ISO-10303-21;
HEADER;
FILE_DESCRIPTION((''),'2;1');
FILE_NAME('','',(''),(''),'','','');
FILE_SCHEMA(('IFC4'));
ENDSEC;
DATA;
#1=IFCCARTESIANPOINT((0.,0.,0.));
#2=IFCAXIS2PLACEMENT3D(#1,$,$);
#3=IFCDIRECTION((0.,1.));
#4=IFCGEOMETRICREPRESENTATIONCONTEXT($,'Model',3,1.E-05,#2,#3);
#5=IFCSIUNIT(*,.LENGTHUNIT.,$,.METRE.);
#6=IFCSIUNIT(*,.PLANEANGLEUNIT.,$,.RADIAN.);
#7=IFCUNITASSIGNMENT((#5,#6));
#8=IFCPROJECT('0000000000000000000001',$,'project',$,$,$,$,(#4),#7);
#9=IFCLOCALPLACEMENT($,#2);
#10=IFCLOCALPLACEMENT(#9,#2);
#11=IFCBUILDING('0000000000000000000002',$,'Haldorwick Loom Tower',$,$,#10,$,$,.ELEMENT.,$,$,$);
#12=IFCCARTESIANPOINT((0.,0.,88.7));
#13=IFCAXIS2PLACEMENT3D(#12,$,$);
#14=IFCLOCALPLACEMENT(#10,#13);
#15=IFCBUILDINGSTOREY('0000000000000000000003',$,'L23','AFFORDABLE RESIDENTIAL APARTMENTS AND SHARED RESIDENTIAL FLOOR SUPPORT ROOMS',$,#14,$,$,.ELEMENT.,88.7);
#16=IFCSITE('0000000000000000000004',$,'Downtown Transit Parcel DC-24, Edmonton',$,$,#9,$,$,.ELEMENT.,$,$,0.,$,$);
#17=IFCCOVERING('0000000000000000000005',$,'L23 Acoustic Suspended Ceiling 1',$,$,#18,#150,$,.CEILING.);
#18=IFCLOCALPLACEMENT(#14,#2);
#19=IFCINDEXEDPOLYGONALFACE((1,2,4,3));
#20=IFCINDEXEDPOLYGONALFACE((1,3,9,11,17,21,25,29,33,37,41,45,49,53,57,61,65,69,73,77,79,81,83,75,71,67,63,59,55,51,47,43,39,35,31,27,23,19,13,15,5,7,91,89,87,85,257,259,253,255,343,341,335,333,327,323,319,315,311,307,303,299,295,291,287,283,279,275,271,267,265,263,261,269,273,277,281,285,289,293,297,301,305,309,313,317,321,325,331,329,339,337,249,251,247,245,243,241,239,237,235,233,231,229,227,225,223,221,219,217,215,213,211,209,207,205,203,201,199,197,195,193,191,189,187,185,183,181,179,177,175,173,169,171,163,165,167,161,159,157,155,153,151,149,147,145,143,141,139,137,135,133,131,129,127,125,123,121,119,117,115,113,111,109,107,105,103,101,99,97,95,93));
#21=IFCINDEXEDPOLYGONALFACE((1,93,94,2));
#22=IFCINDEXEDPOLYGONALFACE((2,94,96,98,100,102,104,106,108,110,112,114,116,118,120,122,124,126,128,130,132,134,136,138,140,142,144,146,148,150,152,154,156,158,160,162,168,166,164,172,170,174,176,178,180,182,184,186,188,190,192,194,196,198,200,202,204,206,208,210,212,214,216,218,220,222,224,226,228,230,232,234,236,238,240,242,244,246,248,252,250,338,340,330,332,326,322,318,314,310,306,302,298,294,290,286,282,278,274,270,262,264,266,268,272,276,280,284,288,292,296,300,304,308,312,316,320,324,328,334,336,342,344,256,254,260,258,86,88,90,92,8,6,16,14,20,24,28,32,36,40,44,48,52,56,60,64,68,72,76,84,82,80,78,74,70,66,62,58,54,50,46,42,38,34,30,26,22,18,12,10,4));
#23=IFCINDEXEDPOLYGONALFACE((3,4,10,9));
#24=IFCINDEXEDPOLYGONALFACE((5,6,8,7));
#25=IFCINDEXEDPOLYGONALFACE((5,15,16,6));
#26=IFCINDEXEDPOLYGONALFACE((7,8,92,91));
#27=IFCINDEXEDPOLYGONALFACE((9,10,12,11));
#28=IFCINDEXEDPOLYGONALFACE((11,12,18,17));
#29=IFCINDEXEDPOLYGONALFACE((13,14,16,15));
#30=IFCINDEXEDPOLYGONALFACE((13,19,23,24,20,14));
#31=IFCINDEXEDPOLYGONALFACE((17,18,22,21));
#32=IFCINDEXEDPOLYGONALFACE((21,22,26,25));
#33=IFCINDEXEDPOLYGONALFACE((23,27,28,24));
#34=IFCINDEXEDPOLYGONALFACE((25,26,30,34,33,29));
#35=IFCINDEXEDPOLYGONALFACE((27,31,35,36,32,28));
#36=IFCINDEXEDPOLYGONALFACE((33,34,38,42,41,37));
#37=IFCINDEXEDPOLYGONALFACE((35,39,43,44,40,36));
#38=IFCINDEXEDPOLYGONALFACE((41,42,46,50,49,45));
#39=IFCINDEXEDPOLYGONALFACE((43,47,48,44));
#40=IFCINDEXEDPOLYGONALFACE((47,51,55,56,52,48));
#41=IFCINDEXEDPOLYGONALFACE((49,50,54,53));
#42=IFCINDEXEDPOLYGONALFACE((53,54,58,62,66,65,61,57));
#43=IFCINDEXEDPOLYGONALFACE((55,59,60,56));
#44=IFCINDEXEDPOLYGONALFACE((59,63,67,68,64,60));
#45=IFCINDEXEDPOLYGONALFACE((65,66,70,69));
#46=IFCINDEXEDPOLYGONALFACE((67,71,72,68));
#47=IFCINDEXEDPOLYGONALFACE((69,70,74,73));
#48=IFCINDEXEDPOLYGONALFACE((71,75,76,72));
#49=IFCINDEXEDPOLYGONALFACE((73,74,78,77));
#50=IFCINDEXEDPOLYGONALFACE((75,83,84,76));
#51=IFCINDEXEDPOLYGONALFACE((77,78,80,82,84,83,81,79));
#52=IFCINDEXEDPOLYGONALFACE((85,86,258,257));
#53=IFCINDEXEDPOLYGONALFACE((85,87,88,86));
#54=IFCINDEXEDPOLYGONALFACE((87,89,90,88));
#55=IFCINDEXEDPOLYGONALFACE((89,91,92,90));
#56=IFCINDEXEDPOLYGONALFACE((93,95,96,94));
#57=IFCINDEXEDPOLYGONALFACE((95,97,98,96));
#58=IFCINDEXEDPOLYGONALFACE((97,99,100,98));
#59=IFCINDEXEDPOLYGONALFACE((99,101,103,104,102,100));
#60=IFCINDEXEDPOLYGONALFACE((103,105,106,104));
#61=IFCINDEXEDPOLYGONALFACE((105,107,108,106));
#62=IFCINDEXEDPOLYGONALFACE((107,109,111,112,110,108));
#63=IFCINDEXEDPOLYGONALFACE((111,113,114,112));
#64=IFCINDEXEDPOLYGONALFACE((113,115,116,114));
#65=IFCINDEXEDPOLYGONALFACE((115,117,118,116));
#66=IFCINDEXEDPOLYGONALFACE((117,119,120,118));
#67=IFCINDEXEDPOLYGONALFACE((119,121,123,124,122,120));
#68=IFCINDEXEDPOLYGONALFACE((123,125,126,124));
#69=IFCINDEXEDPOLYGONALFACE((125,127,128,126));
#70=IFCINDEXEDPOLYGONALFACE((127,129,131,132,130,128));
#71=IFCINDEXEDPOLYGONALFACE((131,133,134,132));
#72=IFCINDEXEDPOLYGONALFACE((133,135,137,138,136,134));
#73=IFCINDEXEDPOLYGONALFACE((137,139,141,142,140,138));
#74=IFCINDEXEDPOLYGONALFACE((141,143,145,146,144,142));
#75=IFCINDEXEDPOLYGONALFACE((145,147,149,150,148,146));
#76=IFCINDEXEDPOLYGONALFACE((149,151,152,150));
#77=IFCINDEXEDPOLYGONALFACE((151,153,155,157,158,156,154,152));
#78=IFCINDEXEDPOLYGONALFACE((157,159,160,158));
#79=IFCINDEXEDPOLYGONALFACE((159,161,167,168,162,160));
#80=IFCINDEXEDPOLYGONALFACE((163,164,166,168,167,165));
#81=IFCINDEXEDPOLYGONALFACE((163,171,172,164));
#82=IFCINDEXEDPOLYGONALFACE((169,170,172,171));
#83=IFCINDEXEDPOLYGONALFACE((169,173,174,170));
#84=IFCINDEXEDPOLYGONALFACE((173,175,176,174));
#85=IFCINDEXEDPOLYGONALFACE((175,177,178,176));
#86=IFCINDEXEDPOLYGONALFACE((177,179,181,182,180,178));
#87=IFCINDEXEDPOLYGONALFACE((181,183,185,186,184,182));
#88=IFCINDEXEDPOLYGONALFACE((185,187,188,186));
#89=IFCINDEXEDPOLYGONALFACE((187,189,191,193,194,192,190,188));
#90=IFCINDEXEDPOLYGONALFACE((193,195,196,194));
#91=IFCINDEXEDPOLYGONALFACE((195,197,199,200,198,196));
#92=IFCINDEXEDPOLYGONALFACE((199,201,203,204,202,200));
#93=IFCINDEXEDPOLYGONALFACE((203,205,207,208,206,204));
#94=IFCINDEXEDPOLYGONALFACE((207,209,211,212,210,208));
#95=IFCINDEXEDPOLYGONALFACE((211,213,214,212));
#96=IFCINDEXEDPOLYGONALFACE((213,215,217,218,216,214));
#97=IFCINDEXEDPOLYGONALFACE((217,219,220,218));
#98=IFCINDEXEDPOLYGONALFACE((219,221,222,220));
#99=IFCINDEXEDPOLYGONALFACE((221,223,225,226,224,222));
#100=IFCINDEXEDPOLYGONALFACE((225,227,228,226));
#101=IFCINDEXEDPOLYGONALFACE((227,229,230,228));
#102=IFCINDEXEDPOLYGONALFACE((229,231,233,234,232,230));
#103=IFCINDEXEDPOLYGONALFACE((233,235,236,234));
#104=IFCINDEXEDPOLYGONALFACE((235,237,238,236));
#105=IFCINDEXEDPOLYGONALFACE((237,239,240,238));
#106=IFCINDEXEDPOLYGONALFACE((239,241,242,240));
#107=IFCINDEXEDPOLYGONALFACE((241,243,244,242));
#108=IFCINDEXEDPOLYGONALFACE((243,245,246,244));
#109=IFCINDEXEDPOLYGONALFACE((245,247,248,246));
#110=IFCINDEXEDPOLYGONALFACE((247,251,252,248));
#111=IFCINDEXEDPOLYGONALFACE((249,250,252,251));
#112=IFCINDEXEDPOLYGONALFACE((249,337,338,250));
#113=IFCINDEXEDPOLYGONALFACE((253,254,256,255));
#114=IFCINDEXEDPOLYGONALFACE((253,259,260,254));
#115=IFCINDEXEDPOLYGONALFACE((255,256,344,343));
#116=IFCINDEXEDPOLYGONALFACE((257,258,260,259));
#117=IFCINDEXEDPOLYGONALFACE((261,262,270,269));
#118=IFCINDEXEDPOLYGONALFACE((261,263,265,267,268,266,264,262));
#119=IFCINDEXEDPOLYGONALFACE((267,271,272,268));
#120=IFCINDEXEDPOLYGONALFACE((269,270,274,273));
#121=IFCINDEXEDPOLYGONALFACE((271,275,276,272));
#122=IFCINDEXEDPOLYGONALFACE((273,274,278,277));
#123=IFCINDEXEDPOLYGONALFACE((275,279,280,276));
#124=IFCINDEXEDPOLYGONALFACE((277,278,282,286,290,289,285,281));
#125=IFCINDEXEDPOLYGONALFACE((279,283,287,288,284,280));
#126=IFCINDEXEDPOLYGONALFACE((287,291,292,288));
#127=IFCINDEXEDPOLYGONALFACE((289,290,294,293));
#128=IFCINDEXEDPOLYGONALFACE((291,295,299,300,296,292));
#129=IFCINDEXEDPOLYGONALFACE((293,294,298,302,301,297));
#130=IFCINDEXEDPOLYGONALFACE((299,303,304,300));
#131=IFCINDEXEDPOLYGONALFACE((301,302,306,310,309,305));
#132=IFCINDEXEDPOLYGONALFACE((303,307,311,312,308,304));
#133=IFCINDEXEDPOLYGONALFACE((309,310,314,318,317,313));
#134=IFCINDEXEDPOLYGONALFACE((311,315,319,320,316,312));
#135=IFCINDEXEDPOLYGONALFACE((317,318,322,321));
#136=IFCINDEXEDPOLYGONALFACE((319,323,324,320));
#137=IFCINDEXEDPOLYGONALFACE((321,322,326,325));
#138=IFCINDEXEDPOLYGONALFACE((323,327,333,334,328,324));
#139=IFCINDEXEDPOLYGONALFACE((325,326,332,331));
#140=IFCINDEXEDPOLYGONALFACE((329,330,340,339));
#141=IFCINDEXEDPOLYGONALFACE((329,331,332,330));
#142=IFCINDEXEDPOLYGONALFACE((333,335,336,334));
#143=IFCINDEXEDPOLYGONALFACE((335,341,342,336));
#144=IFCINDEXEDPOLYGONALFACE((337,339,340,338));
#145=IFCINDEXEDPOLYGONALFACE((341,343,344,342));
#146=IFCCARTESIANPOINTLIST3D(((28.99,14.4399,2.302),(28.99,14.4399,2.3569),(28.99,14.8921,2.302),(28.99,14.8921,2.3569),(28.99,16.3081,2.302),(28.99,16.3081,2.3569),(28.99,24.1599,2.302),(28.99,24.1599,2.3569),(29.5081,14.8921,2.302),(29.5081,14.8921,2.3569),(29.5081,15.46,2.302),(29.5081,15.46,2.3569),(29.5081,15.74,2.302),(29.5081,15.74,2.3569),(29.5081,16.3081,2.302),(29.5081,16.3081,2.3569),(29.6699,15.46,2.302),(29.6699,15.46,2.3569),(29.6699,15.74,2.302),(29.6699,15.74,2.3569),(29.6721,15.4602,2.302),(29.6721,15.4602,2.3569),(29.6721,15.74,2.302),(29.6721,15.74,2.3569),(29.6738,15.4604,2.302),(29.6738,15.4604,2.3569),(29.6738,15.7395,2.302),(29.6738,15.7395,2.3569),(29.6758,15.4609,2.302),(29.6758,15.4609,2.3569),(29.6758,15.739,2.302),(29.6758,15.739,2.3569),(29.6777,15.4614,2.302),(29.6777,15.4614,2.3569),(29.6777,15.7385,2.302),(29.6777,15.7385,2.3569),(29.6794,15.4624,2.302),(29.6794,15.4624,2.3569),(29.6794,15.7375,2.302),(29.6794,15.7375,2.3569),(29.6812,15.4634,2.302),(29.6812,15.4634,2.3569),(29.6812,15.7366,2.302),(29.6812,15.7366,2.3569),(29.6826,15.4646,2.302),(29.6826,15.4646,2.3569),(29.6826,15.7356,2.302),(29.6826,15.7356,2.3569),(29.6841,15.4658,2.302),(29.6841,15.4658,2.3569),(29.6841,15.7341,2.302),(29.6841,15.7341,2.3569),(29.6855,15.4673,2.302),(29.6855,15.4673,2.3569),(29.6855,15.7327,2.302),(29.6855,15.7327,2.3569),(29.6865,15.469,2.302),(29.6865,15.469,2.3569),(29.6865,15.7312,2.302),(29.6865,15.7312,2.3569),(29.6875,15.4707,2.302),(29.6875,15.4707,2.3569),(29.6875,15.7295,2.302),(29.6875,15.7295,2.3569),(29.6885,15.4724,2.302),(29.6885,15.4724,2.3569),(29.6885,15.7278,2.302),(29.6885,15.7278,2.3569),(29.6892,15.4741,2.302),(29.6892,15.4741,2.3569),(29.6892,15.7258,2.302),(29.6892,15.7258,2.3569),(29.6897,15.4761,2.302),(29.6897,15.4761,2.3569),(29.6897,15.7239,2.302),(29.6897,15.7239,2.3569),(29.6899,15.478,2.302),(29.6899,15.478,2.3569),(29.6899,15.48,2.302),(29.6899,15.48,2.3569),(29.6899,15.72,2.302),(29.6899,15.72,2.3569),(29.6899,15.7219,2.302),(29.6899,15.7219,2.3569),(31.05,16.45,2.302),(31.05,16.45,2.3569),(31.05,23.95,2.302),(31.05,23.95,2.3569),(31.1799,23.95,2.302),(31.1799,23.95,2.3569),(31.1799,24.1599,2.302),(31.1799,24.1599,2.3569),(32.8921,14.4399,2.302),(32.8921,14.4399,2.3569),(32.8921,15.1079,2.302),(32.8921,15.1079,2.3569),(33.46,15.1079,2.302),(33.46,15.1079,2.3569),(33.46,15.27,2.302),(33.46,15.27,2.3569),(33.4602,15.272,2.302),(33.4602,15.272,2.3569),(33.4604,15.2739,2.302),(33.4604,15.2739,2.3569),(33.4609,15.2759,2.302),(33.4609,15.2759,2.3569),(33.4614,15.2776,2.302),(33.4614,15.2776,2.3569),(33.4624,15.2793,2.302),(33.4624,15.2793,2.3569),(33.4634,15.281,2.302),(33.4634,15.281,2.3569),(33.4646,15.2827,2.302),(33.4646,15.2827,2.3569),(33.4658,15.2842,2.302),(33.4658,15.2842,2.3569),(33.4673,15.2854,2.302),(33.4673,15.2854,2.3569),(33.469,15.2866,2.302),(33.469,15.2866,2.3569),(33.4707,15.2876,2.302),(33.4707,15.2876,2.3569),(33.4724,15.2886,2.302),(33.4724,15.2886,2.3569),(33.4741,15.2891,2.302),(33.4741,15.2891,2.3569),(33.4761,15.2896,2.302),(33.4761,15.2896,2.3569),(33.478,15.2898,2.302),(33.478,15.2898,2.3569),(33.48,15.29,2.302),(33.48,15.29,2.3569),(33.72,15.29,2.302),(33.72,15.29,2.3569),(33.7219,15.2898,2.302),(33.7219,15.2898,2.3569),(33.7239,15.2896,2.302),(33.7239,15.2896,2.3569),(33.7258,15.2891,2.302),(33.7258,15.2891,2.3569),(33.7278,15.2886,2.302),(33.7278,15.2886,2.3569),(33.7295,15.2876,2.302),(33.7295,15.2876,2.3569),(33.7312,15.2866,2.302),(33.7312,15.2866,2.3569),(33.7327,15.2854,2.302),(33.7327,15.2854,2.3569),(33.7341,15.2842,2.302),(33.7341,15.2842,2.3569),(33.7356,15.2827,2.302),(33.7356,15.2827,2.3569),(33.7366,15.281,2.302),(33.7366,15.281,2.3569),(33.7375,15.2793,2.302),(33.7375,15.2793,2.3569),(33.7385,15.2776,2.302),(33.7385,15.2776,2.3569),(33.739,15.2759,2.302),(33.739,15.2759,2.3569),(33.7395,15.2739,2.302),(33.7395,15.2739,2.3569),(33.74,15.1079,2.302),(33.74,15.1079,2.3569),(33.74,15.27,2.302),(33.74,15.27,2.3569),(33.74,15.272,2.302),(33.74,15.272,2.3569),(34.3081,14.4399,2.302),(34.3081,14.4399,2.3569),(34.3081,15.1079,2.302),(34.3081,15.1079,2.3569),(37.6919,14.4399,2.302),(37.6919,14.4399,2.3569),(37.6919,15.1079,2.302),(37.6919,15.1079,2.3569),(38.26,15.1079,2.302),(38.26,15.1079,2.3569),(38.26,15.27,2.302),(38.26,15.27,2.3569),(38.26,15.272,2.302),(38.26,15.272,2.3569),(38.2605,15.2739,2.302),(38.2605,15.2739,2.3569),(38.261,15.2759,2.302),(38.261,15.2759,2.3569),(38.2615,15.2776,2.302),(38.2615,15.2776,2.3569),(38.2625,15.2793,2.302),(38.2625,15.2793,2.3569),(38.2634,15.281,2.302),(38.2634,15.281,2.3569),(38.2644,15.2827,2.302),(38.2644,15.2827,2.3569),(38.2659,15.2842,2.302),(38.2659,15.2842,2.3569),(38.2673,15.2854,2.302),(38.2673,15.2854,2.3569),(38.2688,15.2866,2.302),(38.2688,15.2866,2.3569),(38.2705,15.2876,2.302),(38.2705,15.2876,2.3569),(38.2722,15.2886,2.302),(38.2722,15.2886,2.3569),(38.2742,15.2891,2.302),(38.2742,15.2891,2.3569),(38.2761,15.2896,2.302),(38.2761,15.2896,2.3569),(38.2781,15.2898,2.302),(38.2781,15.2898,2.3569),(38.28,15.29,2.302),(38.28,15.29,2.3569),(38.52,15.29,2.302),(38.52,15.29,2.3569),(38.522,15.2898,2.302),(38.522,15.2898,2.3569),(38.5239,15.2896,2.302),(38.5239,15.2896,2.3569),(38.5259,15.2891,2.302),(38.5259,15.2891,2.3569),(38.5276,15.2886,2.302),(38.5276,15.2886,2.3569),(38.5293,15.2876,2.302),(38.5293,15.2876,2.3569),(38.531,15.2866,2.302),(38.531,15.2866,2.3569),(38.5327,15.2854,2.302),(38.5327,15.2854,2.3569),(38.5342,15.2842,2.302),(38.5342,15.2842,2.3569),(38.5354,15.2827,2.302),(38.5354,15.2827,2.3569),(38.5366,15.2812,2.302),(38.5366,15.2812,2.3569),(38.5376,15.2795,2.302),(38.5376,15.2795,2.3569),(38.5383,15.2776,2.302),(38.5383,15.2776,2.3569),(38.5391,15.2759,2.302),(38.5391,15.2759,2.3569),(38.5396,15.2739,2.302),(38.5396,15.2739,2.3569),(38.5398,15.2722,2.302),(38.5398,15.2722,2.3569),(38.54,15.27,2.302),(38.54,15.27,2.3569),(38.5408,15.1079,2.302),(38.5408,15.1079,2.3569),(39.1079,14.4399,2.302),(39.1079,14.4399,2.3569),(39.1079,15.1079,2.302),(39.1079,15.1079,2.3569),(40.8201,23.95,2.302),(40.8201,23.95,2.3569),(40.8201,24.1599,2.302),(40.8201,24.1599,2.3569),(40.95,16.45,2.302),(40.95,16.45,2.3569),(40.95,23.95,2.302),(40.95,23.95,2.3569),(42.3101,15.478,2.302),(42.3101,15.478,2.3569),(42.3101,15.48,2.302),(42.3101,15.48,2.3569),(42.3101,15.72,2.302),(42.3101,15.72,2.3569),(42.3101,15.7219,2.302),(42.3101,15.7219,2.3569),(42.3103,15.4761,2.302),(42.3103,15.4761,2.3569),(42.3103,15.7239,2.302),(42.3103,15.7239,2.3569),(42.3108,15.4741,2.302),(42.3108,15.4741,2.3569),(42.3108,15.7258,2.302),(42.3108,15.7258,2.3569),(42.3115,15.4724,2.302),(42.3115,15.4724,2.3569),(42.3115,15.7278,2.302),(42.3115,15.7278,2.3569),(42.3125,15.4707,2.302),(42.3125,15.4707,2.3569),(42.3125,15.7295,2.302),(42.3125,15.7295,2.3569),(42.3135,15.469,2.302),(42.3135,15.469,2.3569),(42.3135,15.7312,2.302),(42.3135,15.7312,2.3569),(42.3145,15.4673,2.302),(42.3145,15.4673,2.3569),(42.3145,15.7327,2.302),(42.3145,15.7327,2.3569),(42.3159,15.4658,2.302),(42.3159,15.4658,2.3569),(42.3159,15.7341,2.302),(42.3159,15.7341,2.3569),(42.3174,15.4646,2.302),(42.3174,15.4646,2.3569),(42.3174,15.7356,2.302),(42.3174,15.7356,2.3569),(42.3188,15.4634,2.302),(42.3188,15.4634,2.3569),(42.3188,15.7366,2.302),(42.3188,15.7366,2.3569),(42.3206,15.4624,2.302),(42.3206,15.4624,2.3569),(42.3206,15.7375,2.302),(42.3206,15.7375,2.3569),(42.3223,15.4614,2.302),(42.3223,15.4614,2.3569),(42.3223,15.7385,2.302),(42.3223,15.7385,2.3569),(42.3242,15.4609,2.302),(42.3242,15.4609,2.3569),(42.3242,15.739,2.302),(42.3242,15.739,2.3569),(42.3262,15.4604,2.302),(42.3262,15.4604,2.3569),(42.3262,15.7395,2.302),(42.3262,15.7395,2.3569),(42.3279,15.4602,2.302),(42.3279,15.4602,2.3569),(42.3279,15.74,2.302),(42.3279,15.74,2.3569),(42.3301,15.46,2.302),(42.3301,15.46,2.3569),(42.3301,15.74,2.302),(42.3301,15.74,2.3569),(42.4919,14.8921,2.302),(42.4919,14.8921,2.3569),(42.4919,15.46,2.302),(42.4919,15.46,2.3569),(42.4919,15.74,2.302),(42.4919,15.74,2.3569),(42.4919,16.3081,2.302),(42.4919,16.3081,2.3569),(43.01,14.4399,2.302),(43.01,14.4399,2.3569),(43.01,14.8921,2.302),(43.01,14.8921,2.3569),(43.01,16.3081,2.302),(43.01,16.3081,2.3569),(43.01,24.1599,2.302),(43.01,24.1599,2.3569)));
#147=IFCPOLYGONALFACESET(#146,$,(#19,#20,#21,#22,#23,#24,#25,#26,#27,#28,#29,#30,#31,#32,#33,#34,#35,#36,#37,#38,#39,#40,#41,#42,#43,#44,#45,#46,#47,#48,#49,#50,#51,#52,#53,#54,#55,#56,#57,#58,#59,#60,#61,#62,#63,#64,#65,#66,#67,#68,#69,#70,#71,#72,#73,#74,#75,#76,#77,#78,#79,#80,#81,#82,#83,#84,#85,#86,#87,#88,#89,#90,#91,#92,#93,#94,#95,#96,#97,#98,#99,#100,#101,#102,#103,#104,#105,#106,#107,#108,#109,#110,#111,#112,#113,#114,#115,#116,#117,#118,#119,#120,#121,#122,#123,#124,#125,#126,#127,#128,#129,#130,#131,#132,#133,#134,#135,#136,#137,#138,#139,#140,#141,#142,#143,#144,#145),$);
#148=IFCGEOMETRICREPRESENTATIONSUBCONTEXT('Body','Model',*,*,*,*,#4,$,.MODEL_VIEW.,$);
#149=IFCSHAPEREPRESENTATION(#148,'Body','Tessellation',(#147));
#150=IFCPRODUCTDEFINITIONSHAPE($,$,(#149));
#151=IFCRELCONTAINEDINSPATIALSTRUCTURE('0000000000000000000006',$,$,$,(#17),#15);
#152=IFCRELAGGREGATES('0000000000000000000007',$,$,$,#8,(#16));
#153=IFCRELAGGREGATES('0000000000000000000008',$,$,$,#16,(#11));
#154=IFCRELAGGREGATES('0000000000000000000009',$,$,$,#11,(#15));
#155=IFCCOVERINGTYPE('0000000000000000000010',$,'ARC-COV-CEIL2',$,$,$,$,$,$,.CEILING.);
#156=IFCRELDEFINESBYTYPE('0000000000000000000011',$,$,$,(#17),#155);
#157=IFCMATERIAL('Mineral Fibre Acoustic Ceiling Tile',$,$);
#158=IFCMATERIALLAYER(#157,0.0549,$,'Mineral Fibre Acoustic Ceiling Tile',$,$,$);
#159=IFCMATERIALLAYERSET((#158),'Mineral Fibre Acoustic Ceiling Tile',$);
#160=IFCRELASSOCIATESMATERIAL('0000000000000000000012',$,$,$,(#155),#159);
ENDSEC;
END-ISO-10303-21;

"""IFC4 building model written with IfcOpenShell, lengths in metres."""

from ifc_helpers import new_model, si_unit, direction, frame, origin, place, context, subcontext, project, spatial, polyline, outline, extrude, material, layer, layer_set, type_object, element, save


model = new_model("IFC4")

# Units and contexts
model_context = context("Model", 3, precision=1e-05, world=origin(), true_north=direction((0.0, 1.0)))
body_context = subcontext(model_context, "Body", "Model", "MODEL_VIEW")
ifc_project = project(units=[si_unit("LENGTHUNIT", "METRE"), si_unit("PLANEANGLEUNIT", "RADIAN")], contexts=[model_context])

# Site, building, storey
site_placement = place(None, origin())
site = spatial("IfcSite", under=ifc_project, at=site_placement, Name="Downtown Transit Parcel DC-24, Edmonton", CompositionType="ELEMENT", RefElevation=0.0)
building_placement = place(site_placement, origin())
building = spatial("IfcBuilding", under=site, at=building_placement, Name="Haldorwick Loom Tower", CompositionType="ELEMENT")
storey_placement = place(building_placement, frame((0.0, 0.0, 88.7)))
storey = spatial("IfcBuildingStorey", under=building, at=storey_placement, Name="L23", Description="AFFORDABLE RESIDENTIAL APARTMENTS AND SHARED RESIDENTIAL FLOOR SUPPORT ROOMS", CompositionType="ELEMENT", Elevation=88.7)

# Covering
ifc_material_1 = material(Name="Mineral Fibre Acoustic Ceiling Tile")
ifc_layer_1 = layer(ifc_material_1, 0.0549, Name="Mineral Fibre Acoustic Ceiling Tile")
ifc_layer_set_1 = layer_set([ifc_layer_1], Name="Mineral Fibre Acoustic Ceiling Tile")
covering_type_1 = type_object("IfcCoveringType", Name="ARC-COV-CEIL2", PredefinedType="CEILING", material=ifc_layer_set_1)
covering_1_placement = place(storey_placement, frame((0.0, 0.0, 2.302)))
element("IfcCovering", 1, at=covering_1_placement, inside=storey, type_object=covering_type_1, Name="L23 Acoustic Suspended Ceiling 1", PredefinedType="CEILING", context=body_context, shape_type="SweptSolid", body=[
    extrude(outline(polyline([(40.8201, 24.1599), (40.8201, 23.95), (40.95, 23.95), (40.95, 16.45), (31.05, 16.45), (31.05, 23.95), (31.1799, 23.95), (31.1799, 24.1599), (28.99, 24.1599), (28.99, 16.3081), (29.5081, 16.3081), (29.5081, 15.74), (29.6699, 15.74), (29.6721, 15.74), (29.6738, 15.7395), (29.6758, 15.739), (29.6777, 15.7385), (29.6794, 15.7375), (29.6812, 15.7366), (29.6826, 15.7356), (29.6841, 15.7341), (29.6855, 15.7327), (29.6865, 15.7312), (29.6875, 15.7295), (29.6885, 15.7278), (29.6892, 15.7258), (29.6897, 15.7239), (29.6899, 15.7219), (29.6899, 15.72), (29.6899, 15.48), (29.6899, 15.478), (29.6897, 15.4761), (29.6892, 15.4741), (29.6885, 15.4724), (29.6875, 15.4707), (29.6865, 15.469), (29.6855, 15.4673), (29.6841, 15.4658), (29.6826, 15.4646), (29.6812, 15.4634), (29.6794, 15.4624), (29.6777, 15.4614), (29.6758, 15.4609), (29.6738, 15.4604), (29.6721, 15.4602), (29.6699, 15.46), (29.5081, 15.46), (29.5081, 14.8921), (28.99, 14.8921), (28.99, 14.4399), (32.8921, 14.4399), (32.8921, 15.1079), (33.46, 15.1079), (33.46, 15.27), (33.4602, 15.272), (33.4604, 15.2739), (33.4609, 15.2759), (33.4614, 15.2776), (33.4624, 15.2793), (33.4634, 15.281), (33.4646, 15.2827), (33.4658, 15.2842), (33.4673, 15.2854), (33.469, 15.2866), (33.4707, 15.2876), (33.4724, 15.2886), (33.4741, 15.2891), (33.4761, 15.2896), (33.478, 15.2898), (33.48, 15.29), (33.72, 15.29), (33.7219, 15.2898), (33.7239, 15.2896), (33.7258, 15.2891), (33.7278, 15.2886), (33.7295, 15.2876), (33.7312, 15.2866), (33.7327, 15.2854), (33.7341, 15.2842), (33.7356, 15.2827), (33.7366, 15.281), (33.7375, 15.2793), (33.7385, 15.2776), (33.739, 15.2759), (33.7395, 15.2739), (33.74, 15.272), (33.74, 15.27), (33.74, 15.1079), (34.3081, 15.1079), (34.3081, 14.4399), (37.6919, 14.4399), (37.6919, 15.1079), (38.26, 15.1079), (38.26, 15.27), (38.26, 15.272), (38.2605, 15.2739), (38.261, 15.2759), (38.2615, 15.2776), (38.2625, 15.2793), (38.2634, 15.281), (38.2644, 15.2827), (38.2659, 15.2842), (38.2673, 15.2854), (38.2688, 15.2866), (38.2705, 15.2876), (38.2722, 15.2886), (38.2742, 15.2891), (38.2761, 15.2896), (38.2781, 15.2898), (38.28, 15.29), (38.52, 15.29), (38.522, 15.2898), (38.5239, 15.2896), (38.5259, 15.2891), (38.5276, 15.2886), (38.5293, 15.2876), (38.531, 15.2866), (38.5327, 15.2854), (38.5342, 15.2842), (38.5354, 15.2827), (38.5366, 15.2812), (38.5376, 15.2795), (38.5383, 15.2776), (38.5391, 15.2759), (38.5396, 15.2739), (38.5398, 15.2722), (38.54, 15.27), (38.5408, 15.1079), (39.1079, 15.1079), (39.1079, 14.4399), (43.01, 14.4399), (43.01, 14.8921), (42.4919, 14.8921), (42.4919, 15.46), (42.3301, 15.46), (42.3279, 15.4602), (42.3262, 15.4604), (42.3242, 15.4609), (42.3223, 15.4614), (42.3206, 15.4624), (42.3188, 15.4634), (42.3174, 15.4646), (42.3159, 15.4658), (42.3145, 15.4673), (42.3135, 15.469), (42.3125, 15.4707), (42.3115, 15.4724), (42.3108, 15.4741), (42.3103, 15.4761), (42.3101, 15.478), (42.3101, 15.48), (42.3101, 15.72), (42.3101, 15.7219), (42.3103, 15.7239), (42.3108, 15.7258), (42.3115, 15.7278), (42.3125, 15.7295), (42.3135, 15.7312), (42.3145, 15.7327), (42.3159, 15.7341), (42.3174, 15.7356), (42.3188, 15.7366), (42.3206, 15.7375), (42.3223, 15.7385), (42.3242, 15.739), (42.3262, 15.7395), (42.3279, 15.74), (42.3301, 15.74), (42.4919, 15.74), (42.4919, 16.3081), (43.01, 16.3081), (43.01, 24.1599), (40.8201, 24.1599)])), origin(), (0.0, 0.0, 1.0), 0.0549),
])

save(model, "model.ifc")
